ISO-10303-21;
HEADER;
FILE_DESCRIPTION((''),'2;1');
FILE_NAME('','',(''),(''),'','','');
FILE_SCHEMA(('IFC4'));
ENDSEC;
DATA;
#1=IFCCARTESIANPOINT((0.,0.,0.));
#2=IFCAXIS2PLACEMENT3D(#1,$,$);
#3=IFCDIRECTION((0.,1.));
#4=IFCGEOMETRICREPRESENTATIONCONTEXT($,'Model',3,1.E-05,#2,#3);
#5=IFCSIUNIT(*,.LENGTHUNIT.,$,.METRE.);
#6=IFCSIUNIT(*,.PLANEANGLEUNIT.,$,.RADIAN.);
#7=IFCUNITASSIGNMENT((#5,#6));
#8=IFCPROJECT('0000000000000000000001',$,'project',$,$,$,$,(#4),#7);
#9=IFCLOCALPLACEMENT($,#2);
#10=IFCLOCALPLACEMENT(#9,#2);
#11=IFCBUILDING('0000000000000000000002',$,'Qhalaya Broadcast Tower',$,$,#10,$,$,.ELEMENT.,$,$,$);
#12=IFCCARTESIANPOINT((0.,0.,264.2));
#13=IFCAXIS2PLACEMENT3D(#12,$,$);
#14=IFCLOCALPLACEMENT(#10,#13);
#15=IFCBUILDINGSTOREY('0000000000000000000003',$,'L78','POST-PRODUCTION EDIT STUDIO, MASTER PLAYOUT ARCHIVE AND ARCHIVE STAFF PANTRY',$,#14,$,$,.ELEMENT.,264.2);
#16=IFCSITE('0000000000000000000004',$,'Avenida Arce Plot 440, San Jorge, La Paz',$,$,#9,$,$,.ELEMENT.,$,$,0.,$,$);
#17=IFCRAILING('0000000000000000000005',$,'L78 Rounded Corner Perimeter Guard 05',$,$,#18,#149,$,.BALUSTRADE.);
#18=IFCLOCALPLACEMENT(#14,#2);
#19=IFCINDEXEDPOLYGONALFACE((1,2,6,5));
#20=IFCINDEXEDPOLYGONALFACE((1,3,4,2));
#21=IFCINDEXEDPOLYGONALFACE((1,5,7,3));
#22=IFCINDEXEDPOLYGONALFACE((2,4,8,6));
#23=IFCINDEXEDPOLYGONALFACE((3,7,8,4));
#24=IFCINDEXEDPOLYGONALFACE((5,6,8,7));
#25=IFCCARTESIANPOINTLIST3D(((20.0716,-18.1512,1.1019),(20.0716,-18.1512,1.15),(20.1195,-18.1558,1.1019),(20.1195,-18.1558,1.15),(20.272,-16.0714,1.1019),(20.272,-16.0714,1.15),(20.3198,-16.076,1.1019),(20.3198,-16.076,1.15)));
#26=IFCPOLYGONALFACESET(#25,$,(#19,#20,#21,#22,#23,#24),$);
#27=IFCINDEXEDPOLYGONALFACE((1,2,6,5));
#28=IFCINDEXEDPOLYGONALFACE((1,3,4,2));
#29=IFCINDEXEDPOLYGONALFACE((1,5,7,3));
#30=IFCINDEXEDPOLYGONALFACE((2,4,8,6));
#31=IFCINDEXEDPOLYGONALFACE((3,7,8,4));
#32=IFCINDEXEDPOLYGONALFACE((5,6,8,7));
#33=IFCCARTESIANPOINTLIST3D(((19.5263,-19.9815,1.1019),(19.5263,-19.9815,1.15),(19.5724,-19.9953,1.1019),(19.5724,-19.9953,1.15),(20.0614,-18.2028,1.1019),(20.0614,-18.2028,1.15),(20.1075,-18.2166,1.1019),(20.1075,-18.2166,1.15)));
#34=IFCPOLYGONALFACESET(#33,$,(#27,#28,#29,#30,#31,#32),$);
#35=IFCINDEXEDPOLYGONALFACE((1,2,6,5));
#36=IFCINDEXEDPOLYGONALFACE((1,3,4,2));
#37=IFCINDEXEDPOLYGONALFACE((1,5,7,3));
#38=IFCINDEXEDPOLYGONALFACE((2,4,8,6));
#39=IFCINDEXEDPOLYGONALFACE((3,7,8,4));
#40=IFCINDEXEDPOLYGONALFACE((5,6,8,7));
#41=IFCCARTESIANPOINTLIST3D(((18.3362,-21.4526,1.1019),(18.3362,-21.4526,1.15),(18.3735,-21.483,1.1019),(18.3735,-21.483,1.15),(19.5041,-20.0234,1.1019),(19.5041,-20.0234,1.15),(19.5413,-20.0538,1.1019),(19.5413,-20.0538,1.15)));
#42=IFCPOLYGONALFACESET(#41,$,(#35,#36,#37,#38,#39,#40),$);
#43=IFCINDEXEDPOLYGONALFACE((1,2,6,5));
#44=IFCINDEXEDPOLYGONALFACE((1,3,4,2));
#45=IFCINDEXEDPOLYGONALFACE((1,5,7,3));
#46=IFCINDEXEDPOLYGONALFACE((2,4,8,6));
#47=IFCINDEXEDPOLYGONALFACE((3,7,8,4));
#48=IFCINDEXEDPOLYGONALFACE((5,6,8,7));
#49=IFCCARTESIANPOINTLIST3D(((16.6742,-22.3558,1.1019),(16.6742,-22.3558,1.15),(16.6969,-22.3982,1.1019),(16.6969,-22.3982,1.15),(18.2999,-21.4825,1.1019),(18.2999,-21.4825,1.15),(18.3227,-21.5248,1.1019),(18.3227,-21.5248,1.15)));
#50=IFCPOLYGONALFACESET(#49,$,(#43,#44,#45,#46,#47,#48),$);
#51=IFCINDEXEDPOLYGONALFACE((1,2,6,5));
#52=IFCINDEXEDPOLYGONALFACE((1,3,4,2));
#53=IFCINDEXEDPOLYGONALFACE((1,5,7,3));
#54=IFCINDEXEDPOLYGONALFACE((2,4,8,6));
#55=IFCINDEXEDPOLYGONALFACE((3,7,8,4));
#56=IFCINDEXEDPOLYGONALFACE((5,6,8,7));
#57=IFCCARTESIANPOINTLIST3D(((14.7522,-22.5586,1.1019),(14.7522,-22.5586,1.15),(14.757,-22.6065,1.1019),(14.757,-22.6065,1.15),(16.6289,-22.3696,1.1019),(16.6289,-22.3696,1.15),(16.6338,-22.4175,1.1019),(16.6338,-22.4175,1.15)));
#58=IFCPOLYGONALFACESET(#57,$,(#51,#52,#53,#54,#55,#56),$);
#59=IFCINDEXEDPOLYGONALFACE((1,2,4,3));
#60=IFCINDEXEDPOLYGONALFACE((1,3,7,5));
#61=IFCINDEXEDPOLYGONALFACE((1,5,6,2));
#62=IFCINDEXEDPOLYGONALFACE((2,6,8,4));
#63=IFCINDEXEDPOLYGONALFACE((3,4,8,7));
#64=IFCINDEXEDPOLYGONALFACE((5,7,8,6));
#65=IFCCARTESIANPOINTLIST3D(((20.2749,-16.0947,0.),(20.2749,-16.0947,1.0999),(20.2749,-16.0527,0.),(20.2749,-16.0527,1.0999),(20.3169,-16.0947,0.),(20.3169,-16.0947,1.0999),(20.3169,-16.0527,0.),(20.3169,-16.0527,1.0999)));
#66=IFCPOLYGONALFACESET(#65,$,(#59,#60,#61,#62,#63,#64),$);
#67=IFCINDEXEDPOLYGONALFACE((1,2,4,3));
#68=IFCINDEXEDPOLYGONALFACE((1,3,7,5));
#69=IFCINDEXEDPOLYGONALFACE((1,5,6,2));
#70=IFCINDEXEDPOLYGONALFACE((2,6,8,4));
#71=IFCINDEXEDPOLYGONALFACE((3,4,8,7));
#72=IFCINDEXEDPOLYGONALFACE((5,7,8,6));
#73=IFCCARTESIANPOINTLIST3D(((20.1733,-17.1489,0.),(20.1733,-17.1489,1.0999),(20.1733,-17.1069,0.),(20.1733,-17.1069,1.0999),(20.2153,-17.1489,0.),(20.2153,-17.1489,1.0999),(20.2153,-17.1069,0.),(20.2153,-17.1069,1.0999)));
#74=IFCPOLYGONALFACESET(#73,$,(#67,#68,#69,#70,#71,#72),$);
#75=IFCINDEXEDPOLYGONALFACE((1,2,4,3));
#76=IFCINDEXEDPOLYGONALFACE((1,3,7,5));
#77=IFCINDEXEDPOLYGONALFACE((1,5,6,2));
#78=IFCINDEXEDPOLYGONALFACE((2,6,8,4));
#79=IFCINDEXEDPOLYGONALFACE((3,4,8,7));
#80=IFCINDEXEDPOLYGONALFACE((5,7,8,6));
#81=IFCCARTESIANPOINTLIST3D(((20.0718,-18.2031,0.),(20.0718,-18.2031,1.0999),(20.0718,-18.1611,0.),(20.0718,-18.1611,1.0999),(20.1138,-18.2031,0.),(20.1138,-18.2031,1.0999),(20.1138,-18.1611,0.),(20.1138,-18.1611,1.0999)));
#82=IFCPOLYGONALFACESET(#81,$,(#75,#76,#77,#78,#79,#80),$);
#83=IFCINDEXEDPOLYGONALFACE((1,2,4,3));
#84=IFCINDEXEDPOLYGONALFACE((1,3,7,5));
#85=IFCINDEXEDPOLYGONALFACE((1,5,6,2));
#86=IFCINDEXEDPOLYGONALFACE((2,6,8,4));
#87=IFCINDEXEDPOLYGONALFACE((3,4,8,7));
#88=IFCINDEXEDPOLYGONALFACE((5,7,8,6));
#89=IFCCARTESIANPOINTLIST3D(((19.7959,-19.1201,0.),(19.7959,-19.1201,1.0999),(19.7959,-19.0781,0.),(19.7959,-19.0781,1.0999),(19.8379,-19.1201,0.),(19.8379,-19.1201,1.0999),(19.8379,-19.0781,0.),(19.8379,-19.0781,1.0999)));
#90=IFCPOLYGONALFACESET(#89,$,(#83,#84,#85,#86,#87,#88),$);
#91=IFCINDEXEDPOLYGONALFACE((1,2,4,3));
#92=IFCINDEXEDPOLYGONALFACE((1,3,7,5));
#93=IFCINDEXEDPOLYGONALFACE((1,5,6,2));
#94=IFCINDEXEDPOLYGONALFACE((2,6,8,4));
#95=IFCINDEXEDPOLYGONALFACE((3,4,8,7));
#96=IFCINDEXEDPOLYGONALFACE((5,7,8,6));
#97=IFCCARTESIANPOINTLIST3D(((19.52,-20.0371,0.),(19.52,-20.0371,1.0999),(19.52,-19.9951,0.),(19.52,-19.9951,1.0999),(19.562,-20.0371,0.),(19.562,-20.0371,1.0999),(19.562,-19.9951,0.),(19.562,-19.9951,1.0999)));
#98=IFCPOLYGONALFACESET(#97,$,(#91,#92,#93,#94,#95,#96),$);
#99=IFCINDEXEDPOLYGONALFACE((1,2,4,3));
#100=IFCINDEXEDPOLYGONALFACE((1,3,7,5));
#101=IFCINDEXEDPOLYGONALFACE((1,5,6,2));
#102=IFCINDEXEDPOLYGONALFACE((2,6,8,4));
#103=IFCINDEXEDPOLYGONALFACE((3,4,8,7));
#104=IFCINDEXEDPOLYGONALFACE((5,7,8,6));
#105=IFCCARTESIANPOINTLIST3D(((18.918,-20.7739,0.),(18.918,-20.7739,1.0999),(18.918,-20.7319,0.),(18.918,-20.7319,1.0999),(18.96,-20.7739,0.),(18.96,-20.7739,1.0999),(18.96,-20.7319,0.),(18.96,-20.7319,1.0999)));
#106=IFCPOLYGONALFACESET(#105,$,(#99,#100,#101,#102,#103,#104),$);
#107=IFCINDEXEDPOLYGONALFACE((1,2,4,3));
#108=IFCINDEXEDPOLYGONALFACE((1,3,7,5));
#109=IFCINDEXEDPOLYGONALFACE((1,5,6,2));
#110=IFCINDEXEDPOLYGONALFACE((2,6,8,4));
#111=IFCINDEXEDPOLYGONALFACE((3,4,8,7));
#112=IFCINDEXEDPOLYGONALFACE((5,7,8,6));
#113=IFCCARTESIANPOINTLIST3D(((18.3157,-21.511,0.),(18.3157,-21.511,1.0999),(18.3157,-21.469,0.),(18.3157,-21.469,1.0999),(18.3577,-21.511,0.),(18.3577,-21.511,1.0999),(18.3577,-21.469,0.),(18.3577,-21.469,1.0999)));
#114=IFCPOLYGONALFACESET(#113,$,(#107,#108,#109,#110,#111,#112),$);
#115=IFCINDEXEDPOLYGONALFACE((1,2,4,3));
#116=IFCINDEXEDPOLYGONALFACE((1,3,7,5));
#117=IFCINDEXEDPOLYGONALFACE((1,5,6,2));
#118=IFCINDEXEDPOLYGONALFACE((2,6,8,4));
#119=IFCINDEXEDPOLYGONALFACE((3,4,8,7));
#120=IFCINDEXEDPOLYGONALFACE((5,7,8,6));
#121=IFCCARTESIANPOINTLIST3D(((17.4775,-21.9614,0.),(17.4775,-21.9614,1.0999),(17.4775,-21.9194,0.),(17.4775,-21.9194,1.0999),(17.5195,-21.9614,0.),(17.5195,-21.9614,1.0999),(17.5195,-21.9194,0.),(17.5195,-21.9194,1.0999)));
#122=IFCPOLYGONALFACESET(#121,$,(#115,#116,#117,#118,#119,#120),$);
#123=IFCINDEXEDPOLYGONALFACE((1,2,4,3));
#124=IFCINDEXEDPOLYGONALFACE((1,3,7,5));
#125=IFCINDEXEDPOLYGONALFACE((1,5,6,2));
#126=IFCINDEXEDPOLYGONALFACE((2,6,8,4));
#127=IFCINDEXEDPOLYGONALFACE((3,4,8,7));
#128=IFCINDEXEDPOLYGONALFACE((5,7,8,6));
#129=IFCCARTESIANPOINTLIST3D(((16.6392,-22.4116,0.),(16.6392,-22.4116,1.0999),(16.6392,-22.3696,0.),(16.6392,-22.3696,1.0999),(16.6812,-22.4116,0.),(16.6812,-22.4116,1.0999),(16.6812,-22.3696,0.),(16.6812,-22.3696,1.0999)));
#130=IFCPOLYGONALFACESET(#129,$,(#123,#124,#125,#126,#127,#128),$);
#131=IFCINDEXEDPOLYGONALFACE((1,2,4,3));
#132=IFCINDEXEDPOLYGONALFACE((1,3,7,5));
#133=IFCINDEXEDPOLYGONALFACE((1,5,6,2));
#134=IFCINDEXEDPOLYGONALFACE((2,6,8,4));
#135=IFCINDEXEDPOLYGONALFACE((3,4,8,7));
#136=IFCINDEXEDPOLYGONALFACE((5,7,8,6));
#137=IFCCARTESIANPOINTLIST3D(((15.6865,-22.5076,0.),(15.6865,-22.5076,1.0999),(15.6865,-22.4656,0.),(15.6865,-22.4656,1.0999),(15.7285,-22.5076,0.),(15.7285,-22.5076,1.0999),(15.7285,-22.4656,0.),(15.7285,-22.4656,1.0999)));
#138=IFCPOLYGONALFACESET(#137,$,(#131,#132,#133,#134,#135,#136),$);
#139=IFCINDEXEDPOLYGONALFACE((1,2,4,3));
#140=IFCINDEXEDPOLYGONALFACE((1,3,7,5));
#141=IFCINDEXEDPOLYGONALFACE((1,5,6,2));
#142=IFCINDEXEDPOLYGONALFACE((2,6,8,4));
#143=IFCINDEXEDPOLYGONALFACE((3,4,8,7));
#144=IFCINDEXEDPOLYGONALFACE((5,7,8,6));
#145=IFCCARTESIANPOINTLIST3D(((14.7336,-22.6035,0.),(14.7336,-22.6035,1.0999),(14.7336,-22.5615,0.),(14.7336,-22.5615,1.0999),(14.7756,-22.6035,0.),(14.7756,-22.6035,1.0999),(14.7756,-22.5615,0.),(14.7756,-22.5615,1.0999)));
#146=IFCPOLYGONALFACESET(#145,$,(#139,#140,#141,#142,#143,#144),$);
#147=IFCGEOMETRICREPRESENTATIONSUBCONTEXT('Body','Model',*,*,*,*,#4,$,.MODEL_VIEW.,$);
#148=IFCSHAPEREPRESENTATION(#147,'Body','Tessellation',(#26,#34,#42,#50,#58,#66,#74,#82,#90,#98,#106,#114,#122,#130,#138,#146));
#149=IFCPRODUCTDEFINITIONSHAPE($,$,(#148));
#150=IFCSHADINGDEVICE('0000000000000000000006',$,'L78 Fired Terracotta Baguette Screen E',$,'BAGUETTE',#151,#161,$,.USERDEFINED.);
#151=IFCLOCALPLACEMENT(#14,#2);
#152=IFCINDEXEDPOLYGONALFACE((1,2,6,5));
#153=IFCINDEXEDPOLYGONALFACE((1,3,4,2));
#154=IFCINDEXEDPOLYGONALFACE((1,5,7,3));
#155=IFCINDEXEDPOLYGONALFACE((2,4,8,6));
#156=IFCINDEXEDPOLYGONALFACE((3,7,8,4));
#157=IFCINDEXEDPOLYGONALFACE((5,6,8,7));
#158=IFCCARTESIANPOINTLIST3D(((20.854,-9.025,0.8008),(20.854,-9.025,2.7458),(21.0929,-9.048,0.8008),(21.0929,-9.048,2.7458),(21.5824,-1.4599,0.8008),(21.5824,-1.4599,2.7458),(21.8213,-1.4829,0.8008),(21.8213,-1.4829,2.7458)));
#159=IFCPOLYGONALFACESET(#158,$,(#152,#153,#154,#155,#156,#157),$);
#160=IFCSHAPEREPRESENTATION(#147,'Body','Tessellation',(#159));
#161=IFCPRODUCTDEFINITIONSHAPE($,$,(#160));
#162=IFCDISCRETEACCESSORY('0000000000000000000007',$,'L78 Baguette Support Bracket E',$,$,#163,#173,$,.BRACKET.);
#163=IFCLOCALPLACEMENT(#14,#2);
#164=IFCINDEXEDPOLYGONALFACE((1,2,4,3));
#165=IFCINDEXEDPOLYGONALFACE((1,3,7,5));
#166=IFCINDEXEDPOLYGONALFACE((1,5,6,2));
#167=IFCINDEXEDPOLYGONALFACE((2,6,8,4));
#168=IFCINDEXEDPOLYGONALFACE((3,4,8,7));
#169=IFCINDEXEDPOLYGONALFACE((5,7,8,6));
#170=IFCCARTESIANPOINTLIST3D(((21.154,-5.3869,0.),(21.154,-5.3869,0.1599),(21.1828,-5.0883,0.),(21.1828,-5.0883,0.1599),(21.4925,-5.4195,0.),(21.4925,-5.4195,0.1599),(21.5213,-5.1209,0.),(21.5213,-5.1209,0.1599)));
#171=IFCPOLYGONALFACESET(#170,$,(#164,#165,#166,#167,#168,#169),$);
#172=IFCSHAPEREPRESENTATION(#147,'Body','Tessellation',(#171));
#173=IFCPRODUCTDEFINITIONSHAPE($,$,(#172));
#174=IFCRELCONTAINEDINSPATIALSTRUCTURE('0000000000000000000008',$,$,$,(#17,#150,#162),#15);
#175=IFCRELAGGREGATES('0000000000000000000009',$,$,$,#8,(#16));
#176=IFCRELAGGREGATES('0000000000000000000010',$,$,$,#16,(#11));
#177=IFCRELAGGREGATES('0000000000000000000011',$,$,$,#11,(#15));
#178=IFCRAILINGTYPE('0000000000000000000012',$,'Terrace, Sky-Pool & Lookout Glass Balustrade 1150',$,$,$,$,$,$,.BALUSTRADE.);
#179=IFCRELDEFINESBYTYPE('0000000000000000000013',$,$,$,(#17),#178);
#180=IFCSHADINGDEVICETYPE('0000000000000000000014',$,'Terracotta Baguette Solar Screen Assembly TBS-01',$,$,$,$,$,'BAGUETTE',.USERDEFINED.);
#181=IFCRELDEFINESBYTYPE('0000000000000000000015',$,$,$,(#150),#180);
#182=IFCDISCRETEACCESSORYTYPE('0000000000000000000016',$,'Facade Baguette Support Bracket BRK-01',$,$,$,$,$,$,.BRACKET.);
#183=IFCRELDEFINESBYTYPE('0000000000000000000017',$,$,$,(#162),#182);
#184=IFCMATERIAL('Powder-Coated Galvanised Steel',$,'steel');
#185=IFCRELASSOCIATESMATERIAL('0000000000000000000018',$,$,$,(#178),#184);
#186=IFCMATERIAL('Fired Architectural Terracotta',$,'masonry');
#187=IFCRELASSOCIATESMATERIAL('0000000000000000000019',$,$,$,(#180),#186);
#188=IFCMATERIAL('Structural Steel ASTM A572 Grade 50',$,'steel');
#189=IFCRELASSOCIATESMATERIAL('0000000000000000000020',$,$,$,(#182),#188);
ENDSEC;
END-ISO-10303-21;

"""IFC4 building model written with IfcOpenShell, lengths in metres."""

from ifc_helpers import new_model, si_unit, direction, frame, origin, origin_2d, place, context, subcontext, project, spatial, rectangle, extrude, material, type_object, element, save


model = new_model("IFC4")

# Units and contexts
model_context = context("Model", 3, precision=1e-05, world=origin(), true_north=direction((0.0, 1.0)))
body_context = subcontext(model_context, "Body", "Model", "MODEL_VIEW")
ifc_project = project(units=[si_unit("LENGTHUNIT", "METRE"), si_unit("PLANEANGLEUNIT", "RADIAN")], contexts=[model_context])

# Site, building, storey
site_placement = place(None, origin())
site = spatial("IfcSite", under=ifc_project, at=site_placement, Name="Avenida Arce Plot 440, San Jorge, La Paz", CompositionType="ELEMENT", RefElevation=0.0)
building_placement = place(site_placement, origin())
building = spatial("IfcBuilding", under=site, at=building_placement, Name="Qhalaya Broadcast Tower", CompositionType="ELEMENT")
storey_placement = place(building_placement, frame((0.0, 0.0, 264.2)))
storey = spatial("IfcBuildingStorey", under=building, at=storey_placement, Name="L78", Description="POST-PRODUCTION EDIT STUDIO, MASTER PLAYOUT ARCHIVE AND ARCHIVE STAFF PANTRY", CompositionType="ELEMENT", Elevation=264.2)

# Shared definitions
ifc_material_1 = material(Name="Structural Steel ASTM A572 Grade 50", Category="steel")

# Shared definitions
ifc_material_2 = material(Name="Fired Architectural Terracotta", Category="masonry")

# Railing
ifc_material_3 = material(Name="Powder-Coated Galvanised Steel", Category="steel")
railing_type = type_object("IfcRailingType", Name="Terrace, Sky-Pool & Lookout Glass Balustrade 1150", PredefinedType="BALUSTRADE", material=ifc_material_3)
railing_1_placement = place(storey_placement, frame((20.2959, -16.0737, 0.0)))
element("IfcRailing", 1, at=railing_1_placement, inside=storey, type_object=railing_type, Name="L78 Rounded Corner Perimeter Guard 05", PredefinedType="BALUSTRADE", context=body_context, shape_type="SweptSolid", body=[
    extrude(rectangle(XDim=0.0481, YDim=0.0481, at=origin_2d()), frame((0.0, 0.0, 1.126), z_axis=(-0.095897, -0.995391, 0.0), x_axis=(0.995391, -0.095897, 0.0)), (0.0, 0.0, 1.0), 2.0894),
    extrude(rectangle(XDim=0.0481, YDim=0.0481, at=origin_2d()), frame((-0.2114, -2.136, 1.126), z_axis=(-0.288096, -0.957601, 0.0), x_axis=(0.957601, -0.288096, 0.0)), (0.0, 0.0, 1.0), 1.8574),
    extrude(rectangle(XDim=0.0481, YDim=0.0481, at=origin_2d()), frame((-0.7732, -3.9648, 1.126), z_axis=(-0.632749, -0.774357, 0.0), x_axis=(0.774357, -0.632749, 0.0)), (0.0, 0.0, 1.0), 1.8457),
    extrude(rectangle(XDim=0.0481, YDim=0.0481, at=origin_2d()), frame((-1.9846, -5.4299, 1.126), z_axis=(-0.880932, -0.473243, 0.0), x_axis=(0.473243, -0.880932, 0.0)), (0.0, 0.0, 1.0), 1.8455),
    extrude(rectangle(XDim=0.0481, YDim=0.0481, at=origin_2d()), frame((-3.6646, -6.3198, 1.126), z_axis=(-0.994968, -0.100198, 0.0), x_axis=(0.100198, -0.994968, 0.0)), (0.0, 0.0, 1.0), 1.8862),
    extrude(rectangle(XDim=0.042, YDim=0.042, at=origin_2d()), origin(), (0.0, 0.0, 1.0), 1.0999),
    extrude(rectangle(XDim=0.042, YDim=0.042, at=origin_2d()), frame((-0.1016, -1.0542, 0.0)), (0.0, 0.0, 1.0), 1.0999),
    extrude(rectangle(XDim=0.042, YDim=0.042, at=origin_2d()), frame((-0.2031, -2.1084, 0.0)), (0.0, 0.0, 1.0), 1.0999),
    extrude(rectangle(XDim=0.042, YDim=0.042, at=origin_2d()), frame((-0.479, -3.0254, 0.0)), (0.0, 0.0, 1.0), 1.0999),
    extrude(rectangle(XDim=0.042, YDim=0.042, at=origin_2d()), frame((-0.7549, -3.9424, 0.0)), (0.0, 0.0, 1.0), 1.0999),
    extrude(rectangle(XDim=0.042, YDim=0.042, at=origin_2d()), frame((-1.3569, -4.6792, 0.0)), (0.0, 0.0, 1.0), 1.0999),
    extrude(rectangle(XDim=0.042, YDim=0.042, at=origin_2d()), frame((-1.9592, -5.4163, 0.0)), (0.0, 0.0, 1.0), 1.0999),
    extrude(rectangle(XDim=0.042, YDim=0.042, at=origin_2d()), frame((-2.7974, -5.8667, 0.0)), (0.0, 0.0, 1.0), 1.0999),
    extrude(rectangle(XDim=0.042, YDim=0.042, at=origin_2d()), frame((-3.6357, -6.3169, 0.0)), (0.0, 0.0, 1.0), 1.0999),
    extrude(rectangle(XDim=0.042, YDim=0.042, at=origin_2d()), frame((-4.5884, -6.4128, 0.0)), (0.0, 0.0, 1.0), 1.0999),
    extrude(rectangle(XDim=0.042, YDim=0.042, at=origin_2d()), frame((-5.5413, -6.5088, 0.0)), (0.0, 0.0, 1.0), 1.0999),
])

# Shading device
shading_device_type = type_object("IfcShadingDeviceType", Name="Terracotta Baguette Solar Screen Assembly TBS-01", ElementType="BAGUETTE", PredefinedType="USERDEFINED", material=ifc_material_2)
shading_device_placement = place(storey_placement, frame((21.3376, -5.2539, 0.8008), z_axis=(0.0, 0.0, 1.0), x_axis=(0.095846, 0.995396, 0.0)))
element("IfcShadingDevice", 2, at=shading_device_placement, inside=storey, type_object=shading_device_type, Name="L78 Fired Terracotta Baguette Screen E", ObjectType="BAGUETTE", PredefinedType="USERDEFINED", context=body_context, shape_type="SweptSolid", body=[
    extrude(rectangle(XDim=7.6001, YDim=0.24, at=origin_2d()), origin(), (0.0, 0.0, 1.0), 1.9451),
])

# Discrete accessory
discrete_accessory_type = type_object("IfcDiscreteAccessoryType", Name="Facade Baguette Support Bracket BRK-01", PredefinedType="BRACKET", material=ifc_material_1)
discrete_accessory_placement = place(storey_placement, frame((21.3376, -5.2539, 0.0), z_axis=(0.0, 0.0, 1.0), x_axis=(0.095846, 0.995396, 0.0)))
element("IfcDiscreteAccessory", 3, at=discrete_accessory_placement, inside=storey, type_object=discrete_accessory_type, Name="L78 Baguette Support Bracket E", PredefinedType="BRACKET", context=body_context, shape_type="SweptSolid", body=[
    extrude(rectangle(XDim=0.3, YDim=0.3401, at=origin_2d()), origin(), (0.0, 0.0, 1.0), 0.1599),
])

save(model, "model.ifc")
